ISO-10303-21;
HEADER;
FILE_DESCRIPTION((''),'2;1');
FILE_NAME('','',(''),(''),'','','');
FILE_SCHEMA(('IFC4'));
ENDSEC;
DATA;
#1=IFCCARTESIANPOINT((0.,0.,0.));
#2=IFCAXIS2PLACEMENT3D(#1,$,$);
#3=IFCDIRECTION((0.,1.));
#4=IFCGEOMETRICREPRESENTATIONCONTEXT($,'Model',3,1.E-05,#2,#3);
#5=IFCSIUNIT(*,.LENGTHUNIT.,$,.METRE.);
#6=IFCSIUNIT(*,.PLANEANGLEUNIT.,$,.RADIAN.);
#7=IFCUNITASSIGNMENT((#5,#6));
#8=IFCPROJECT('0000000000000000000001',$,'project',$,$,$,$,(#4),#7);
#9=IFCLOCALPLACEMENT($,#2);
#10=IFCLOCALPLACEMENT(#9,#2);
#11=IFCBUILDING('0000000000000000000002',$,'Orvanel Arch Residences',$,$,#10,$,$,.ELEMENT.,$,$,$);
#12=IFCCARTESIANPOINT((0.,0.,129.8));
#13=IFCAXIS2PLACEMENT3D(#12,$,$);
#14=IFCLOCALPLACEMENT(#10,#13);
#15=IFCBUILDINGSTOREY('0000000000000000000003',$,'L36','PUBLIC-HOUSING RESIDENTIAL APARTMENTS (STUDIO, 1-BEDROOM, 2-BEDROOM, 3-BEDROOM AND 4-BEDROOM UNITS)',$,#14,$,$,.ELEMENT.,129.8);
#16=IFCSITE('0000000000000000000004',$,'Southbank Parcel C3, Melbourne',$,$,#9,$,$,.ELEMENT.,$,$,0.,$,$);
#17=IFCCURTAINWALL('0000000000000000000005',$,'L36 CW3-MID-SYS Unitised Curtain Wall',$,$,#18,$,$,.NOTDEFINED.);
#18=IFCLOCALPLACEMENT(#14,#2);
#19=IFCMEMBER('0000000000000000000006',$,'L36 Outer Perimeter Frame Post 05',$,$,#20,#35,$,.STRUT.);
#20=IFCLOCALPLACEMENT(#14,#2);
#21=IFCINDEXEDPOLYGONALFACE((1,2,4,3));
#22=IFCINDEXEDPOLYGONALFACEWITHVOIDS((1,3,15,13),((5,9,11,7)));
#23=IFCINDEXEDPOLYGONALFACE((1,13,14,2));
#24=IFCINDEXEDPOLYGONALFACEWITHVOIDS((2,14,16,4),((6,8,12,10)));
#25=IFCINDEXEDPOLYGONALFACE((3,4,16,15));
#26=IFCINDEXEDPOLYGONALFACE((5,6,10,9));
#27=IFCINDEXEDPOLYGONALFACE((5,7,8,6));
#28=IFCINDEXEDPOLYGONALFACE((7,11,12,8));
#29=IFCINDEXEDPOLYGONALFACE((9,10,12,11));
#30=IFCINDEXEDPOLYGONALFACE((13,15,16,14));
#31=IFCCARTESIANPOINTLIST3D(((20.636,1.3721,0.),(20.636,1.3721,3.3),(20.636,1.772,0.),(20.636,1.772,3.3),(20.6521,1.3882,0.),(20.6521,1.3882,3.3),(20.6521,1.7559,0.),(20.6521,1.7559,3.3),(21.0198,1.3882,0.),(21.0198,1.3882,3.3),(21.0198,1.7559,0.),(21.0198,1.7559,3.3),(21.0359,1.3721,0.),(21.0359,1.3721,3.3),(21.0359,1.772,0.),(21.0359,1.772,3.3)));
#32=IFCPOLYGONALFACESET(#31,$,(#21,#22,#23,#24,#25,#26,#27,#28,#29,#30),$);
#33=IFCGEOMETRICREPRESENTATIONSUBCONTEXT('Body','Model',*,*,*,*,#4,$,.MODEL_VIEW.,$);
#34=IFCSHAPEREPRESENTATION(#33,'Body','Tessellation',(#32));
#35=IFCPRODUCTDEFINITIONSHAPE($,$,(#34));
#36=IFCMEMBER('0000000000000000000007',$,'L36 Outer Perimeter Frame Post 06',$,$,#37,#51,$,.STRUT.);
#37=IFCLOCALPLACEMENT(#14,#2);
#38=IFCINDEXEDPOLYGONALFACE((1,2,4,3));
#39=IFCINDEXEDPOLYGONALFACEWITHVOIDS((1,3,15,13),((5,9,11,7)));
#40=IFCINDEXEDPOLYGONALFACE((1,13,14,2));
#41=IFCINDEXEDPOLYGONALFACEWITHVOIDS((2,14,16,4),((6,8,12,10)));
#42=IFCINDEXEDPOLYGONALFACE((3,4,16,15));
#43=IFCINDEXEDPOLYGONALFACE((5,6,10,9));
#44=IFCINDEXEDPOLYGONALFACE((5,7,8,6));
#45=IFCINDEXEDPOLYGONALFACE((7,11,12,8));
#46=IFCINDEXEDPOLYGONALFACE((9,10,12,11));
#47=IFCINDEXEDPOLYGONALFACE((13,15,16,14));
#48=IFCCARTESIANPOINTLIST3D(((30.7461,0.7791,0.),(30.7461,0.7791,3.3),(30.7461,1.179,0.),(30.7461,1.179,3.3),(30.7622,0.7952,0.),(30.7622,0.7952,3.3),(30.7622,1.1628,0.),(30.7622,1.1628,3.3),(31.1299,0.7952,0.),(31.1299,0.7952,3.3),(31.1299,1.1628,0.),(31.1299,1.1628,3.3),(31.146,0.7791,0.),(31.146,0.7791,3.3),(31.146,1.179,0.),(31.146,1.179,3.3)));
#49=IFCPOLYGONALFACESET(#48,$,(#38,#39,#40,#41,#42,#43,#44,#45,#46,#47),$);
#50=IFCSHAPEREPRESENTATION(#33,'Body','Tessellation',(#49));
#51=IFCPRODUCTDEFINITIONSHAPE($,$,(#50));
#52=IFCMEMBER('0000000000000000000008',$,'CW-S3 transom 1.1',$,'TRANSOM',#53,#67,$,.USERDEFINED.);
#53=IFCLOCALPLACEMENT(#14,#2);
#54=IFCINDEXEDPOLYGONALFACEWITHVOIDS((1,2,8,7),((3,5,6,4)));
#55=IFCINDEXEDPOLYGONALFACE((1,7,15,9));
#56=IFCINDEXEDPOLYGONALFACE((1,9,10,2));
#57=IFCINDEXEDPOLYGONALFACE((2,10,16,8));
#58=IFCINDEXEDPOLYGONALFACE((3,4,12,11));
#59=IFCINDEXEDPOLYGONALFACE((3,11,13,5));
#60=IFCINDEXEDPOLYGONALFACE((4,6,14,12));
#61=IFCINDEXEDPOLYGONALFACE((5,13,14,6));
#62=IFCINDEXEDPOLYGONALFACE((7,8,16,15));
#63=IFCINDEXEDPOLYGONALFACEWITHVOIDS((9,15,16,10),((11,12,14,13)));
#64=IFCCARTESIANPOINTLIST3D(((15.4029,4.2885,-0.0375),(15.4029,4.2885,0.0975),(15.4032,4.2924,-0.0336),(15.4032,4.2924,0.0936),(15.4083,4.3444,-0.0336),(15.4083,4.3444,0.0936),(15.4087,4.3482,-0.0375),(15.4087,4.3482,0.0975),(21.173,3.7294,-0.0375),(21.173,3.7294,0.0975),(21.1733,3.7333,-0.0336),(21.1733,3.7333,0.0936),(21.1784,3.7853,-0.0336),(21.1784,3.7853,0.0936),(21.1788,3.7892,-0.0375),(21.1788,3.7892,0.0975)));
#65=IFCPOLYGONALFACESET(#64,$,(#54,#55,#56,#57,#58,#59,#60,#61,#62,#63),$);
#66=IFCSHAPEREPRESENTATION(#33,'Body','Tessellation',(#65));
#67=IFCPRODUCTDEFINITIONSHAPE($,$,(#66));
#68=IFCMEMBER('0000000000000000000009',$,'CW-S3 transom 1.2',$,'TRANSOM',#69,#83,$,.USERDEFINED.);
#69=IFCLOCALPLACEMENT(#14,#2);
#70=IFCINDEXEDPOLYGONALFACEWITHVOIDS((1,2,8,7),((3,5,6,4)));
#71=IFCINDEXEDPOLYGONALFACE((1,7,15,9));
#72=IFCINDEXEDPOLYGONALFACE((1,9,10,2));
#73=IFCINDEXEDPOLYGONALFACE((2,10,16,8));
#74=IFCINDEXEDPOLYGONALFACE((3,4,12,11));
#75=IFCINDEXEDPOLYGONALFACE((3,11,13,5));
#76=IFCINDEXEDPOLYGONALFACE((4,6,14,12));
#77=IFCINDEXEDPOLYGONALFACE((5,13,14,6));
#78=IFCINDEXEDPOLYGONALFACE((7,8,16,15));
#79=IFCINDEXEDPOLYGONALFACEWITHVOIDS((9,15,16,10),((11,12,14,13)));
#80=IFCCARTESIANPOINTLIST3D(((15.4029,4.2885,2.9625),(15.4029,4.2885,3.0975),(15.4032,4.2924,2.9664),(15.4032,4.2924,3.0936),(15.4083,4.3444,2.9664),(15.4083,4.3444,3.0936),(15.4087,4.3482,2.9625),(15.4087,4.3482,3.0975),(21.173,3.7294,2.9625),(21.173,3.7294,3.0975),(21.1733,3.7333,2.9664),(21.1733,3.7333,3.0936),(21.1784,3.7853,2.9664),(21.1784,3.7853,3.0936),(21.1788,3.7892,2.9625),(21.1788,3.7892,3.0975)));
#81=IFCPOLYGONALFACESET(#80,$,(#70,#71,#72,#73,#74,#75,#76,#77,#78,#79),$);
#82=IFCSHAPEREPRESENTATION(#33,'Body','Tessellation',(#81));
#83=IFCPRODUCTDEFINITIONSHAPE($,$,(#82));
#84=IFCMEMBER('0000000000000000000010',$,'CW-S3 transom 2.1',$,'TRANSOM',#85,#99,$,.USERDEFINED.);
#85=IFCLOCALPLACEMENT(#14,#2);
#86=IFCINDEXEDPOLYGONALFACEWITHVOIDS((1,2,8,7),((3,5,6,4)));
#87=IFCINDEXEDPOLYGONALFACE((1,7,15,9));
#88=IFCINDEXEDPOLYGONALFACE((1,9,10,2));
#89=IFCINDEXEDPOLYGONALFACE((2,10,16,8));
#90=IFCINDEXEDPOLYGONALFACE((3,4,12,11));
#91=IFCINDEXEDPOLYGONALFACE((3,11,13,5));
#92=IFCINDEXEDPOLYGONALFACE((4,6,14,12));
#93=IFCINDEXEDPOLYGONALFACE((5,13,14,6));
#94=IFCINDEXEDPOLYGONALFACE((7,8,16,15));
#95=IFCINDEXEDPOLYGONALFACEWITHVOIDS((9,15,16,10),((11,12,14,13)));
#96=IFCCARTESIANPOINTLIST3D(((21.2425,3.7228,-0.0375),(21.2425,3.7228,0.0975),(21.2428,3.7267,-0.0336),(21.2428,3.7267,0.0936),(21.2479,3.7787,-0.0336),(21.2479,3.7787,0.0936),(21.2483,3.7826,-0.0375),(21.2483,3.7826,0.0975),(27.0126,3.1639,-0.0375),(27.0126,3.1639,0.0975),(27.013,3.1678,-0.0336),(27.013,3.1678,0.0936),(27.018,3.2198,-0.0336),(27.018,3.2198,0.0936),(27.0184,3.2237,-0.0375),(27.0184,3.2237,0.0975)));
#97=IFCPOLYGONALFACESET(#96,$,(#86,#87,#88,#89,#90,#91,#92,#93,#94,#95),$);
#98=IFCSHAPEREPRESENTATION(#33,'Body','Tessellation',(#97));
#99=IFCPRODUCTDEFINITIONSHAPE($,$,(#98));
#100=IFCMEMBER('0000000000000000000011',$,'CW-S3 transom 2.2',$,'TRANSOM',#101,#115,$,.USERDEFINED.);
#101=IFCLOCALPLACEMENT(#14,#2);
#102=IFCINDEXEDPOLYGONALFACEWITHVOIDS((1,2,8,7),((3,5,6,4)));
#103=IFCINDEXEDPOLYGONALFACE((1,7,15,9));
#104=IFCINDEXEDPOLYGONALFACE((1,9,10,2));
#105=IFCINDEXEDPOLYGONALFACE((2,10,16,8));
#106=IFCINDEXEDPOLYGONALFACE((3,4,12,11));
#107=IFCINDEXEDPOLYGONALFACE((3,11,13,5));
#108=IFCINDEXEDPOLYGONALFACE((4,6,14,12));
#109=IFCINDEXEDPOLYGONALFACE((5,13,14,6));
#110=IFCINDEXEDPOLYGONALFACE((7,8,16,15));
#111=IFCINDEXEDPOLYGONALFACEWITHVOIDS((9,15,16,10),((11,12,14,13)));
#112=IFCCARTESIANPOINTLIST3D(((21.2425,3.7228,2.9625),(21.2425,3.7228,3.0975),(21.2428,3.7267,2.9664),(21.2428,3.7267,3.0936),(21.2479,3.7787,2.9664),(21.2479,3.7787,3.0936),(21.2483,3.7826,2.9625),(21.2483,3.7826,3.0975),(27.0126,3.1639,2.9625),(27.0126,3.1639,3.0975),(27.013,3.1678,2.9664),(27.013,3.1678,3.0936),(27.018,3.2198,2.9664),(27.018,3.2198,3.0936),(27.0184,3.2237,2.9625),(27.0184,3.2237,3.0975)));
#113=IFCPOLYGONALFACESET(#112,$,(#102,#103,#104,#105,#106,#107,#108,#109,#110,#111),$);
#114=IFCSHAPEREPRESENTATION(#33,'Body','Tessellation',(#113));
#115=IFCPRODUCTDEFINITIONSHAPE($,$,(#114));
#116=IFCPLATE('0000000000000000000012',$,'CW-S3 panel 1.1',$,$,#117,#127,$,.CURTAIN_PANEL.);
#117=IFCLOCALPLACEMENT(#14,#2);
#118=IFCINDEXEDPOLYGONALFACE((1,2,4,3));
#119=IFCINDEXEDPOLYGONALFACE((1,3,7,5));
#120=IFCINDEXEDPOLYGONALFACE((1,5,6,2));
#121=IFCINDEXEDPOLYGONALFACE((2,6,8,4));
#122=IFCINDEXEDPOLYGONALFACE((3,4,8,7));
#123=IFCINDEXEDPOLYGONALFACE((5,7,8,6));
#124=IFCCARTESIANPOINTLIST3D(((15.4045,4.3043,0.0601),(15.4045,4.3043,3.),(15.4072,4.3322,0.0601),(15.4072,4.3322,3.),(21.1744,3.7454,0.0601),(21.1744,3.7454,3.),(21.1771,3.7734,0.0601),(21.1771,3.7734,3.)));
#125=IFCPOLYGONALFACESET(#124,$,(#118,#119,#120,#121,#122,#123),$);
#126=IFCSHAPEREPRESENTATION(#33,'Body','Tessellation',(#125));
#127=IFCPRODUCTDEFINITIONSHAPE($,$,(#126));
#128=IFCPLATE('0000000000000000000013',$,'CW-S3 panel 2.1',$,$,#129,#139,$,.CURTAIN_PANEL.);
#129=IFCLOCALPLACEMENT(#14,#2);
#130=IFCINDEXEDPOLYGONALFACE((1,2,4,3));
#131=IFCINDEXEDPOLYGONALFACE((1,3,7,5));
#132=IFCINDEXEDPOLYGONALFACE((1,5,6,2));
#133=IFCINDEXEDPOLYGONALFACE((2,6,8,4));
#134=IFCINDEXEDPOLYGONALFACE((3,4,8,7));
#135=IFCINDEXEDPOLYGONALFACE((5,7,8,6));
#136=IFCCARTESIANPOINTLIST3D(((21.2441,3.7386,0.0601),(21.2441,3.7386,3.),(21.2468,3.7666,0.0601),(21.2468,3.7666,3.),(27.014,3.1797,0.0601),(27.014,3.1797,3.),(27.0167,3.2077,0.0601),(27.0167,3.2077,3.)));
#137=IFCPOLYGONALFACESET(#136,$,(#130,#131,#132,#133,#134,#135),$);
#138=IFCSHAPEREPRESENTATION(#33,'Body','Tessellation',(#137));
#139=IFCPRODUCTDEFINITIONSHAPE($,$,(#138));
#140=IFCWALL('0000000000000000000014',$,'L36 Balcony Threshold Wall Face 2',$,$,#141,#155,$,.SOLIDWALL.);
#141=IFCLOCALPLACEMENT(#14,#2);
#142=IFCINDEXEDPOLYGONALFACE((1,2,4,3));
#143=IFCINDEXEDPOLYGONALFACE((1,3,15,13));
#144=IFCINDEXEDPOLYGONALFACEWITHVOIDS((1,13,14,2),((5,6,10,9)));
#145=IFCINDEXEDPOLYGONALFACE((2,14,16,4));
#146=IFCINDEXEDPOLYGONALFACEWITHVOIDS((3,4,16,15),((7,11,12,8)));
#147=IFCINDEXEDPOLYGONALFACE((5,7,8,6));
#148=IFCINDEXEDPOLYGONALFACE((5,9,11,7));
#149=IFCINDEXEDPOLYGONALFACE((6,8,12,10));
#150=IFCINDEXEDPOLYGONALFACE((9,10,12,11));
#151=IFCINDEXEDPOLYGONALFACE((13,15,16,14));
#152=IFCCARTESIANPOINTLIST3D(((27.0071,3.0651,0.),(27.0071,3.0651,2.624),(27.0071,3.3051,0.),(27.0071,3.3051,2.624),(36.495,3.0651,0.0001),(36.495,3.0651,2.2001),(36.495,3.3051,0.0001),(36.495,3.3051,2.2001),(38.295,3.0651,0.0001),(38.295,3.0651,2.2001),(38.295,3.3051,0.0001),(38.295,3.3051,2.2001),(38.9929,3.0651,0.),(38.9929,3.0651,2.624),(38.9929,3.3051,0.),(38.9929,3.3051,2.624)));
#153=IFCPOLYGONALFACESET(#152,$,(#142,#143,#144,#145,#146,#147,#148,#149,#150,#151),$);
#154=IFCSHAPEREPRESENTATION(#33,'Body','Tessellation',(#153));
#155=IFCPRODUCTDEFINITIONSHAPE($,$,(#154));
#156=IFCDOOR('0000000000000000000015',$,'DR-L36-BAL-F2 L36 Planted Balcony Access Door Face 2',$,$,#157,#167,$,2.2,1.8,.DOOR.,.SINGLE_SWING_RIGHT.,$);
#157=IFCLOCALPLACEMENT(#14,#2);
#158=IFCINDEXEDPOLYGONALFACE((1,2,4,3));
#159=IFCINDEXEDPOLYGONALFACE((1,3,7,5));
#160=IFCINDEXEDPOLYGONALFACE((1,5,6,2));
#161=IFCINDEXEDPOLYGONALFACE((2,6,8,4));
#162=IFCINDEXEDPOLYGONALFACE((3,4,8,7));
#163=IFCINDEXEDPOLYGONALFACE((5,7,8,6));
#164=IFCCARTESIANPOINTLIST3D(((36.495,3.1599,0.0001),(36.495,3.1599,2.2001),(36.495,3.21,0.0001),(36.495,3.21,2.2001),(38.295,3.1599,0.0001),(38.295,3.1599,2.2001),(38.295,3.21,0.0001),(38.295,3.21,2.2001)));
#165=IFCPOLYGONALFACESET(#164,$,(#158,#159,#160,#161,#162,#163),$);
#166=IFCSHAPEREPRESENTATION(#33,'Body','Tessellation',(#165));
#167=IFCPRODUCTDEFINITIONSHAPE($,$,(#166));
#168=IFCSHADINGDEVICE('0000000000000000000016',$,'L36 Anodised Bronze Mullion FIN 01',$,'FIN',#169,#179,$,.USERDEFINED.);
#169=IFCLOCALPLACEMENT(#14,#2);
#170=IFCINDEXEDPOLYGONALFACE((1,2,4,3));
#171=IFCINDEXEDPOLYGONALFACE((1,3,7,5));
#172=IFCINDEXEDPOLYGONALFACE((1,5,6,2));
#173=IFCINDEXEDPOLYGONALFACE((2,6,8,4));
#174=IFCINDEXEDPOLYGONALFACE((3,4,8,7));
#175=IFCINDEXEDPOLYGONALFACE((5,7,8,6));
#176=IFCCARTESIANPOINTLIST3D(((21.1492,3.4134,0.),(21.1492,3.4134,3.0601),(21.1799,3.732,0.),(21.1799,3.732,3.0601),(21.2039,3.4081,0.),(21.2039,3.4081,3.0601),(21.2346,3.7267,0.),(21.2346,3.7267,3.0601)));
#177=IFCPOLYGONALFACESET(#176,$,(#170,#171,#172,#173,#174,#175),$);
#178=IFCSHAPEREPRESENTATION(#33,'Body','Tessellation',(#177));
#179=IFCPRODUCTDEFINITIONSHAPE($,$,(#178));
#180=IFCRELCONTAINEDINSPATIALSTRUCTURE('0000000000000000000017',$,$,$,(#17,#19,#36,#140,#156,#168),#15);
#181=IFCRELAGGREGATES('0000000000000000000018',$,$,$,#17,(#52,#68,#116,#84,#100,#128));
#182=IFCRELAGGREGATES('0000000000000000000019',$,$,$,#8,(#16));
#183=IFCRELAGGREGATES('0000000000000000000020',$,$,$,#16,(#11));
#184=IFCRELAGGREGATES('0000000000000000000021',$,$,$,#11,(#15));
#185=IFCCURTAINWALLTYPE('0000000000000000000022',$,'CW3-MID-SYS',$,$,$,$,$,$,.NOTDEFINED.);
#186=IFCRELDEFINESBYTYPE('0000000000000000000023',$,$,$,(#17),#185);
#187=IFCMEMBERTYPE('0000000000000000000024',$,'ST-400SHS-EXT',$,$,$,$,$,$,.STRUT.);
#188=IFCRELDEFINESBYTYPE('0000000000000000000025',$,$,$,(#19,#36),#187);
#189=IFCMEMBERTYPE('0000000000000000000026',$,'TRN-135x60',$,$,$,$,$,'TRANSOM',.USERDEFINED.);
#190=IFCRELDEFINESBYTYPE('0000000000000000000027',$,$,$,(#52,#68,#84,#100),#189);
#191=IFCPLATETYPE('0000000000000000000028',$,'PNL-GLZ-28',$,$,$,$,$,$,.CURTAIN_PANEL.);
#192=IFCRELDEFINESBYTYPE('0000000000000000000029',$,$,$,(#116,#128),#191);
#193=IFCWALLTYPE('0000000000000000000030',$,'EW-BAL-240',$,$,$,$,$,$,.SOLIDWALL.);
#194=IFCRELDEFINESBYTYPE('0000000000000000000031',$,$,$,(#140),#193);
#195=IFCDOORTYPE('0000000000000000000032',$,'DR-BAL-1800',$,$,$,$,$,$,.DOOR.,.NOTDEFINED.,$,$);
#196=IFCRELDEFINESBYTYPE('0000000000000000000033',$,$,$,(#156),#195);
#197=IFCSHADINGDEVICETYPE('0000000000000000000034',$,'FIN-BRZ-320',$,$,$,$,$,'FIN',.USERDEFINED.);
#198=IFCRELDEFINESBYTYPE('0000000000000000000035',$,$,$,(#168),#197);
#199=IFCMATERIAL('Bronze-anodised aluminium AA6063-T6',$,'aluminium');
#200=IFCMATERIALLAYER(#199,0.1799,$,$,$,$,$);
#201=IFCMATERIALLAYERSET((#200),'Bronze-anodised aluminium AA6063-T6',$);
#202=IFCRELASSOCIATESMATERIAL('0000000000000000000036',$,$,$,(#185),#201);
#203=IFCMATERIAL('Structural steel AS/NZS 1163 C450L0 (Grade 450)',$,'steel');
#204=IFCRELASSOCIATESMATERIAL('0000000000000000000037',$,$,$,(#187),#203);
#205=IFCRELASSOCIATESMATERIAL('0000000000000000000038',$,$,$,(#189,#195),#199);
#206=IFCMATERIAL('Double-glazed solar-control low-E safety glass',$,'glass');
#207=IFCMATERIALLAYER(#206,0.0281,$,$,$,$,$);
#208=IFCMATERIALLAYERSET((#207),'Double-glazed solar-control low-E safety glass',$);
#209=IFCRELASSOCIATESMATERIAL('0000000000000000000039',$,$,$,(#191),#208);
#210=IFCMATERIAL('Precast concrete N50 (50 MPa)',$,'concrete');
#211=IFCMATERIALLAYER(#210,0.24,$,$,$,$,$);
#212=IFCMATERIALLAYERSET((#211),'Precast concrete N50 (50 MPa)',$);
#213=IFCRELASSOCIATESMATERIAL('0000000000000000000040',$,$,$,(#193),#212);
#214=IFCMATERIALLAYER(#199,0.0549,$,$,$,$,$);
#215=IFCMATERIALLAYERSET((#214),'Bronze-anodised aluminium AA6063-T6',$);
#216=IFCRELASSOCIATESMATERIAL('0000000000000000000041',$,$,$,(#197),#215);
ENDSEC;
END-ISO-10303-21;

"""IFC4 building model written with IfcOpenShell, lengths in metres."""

from ifc_helpers import new_model, si_unit, direction, frame, frame_2d, origin, origin_2d, place, context, subcontext, project, spatial, rectangle, hollow_rectangle, extrude, material, layer, layer_set, material_profile, profile_set, type_object, element, fill, aggregate, save


model = new_model("IFC4")

# Units and contexts
model_context = context("Model", 3, precision=1e-05, world=origin(), true_north=direction((0.0, 1.0)))
body_context = subcontext(model_context, "Body", "Model", "MODEL_VIEW")
ifc_project = project(units=[si_unit("LENGTHUNIT", "METRE"), si_unit("PLANEANGLEUNIT", "RADIAN")], contexts=[model_context])

# Site, building, storey
site_placement = place(None, origin())
site = spatial("IfcSite", under=ifc_project, at=site_placement, Name="Southbank Parcel C3, Melbourne", CompositionType="ELEMENT", RefElevation=0.0)
building_placement = place(site_placement, origin())
building = spatial("IfcBuilding", under=site, at=building_placement, Name="Orvanel Arch Residences", CompositionType="ELEMENT")
storey_placement = place(building_placement, frame((0.0, 0.0, 129.8)))
storey = spatial("IfcBuildingStorey", under=building, at=storey_placement, Name="L36", Description="PUBLIC-HOUSING RESIDENTIAL APARTMENTS (STUDIO, 1-BEDROOM, 2-BEDROOM, 3-BEDROOM AND 4-BEDROOM UNITS)", CompositionType="ELEMENT", Elevation=129.8)

# Shared definitions
ifc_material_1 = material(Name="Bronze-anodised aluminium AA6063-T6", Category="aluminium")

# Curtain wall
ifc_layer_1 = layer(ifc_material_1, 0.1799)
ifc_layer_set_1 = layer_set([ifc_layer_1], Name="Bronze-anodised aluminium AA6063-T6")
curtain_wall_type_1 = type_object("IfcCurtainWallType", Name="CW3-MID-SYS", PredefinedType="NOTDEFINED", material=ifc_layer_set_1)
curtain_wall_1_placement = place(storey_placement, origin())
curtain_wall_1 = element("IfcCurtainWall", 1, at=curtain_wall_1_placement, inside=storey, type_object=curtain_wall_type_1, Name="L36 CW3-MID-SYS Unitised Curtain Wall", PredefinedType="NOTDEFINED")

# Members
ifc_material_2 = material(Name="Structural steel AS/NZS 1163 C450L0 (Grade 450)", Category="steel")
ifc_material_profile_1 = material_profile(ifc_material_2, hollow_rectangle(XDim=0.3999, YDim=0.3999, WallThickness=0.0161, at=origin_2d()), Name="SHS400x400x16")
ifc_profile_set_1 = profile_set([ifc_material_profile_1], Name="Structural steel AS/NZS 1163 C450L0 (Grade 450)")
member_type_1 = type_object("IfcMemberType", Name="ST-400SHS-EXT", PredefinedType="STRUT", material=ifc_profile_set_1)
for number, where, z_axis, x_axis, name in (
    (2, (20.8359, 1.572, 0.0), (0.0, 0.0, 1.0), (1.0, 0.0, 0.0), "L36 Outer Perimeter Frame Post 05"),
    (3, (30.946, 0.979, 0.0), (0.0, 0.0, 1.0), (1.0, 0.0, 0.0), "L36 Outer Perimeter Frame Post 06"),
):
    element("IfcMember", number, at=place(storey_placement, frame(where, z_axis=z_axis, x_axis=x_axis)), inside=storey, type_object=member_type_1, Name=name, PredefinedType="STRUT", context=body_context, shape_type="SweptSolid", body=[
        extrude(hollow_rectangle(XDim=0.3999, YDim=0.3999, WallThickness=0.0161, at=origin_2d()), origin(), (0.0, 0.0, 1.0), 3.3),
    ])

# Members
ifc_material_profile_2 = material_profile(ifc_material_1, hollow_rectangle(XDim=0.0601, YDim=0.135, WallThickness=0.0039, at=origin_2d()), Name="ALU135x60x4")
ifc_profile_set_2 = profile_set([ifc_material_profile_2], Name="Bronze-anodised aluminium AA6063-T6")
member_type_2 = type_object("IfcMemberType", Name="TRN-135x60", ElementType="TRANSOM", PredefinedType="USERDEFINED", material=ifc_profile_set_2)
member_1_placement = place(storey_placement, frame((15.4058, 4.3184, 0.03), z_axis=(0.995339, -0.096443, 0.0), x_axis=(0.096443, 0.995339, 0.0)))
member_1 = element("IfcMember", 4, at=member_1_placement, type_object=member_type_2, Name="CW-S3 transom 1.1", ObjectType="TRANSOM", PredefinedType="USERDEFINED", context=body_context, shape_type="SweptSolid", body=[
    extrude(hollow_rectangle(XDim=0.0601, YDim=0.135, WallThickness=0.0039, at=origin_2d()), origin(), (0.0, 0.0, 1.0), 5.7971),
])
member_2_placement = place(storey_placement, frame((15.4058, 4.3184, 3.03), z_axis=(0.995339, -0.096443, 0.0), x_axis=(0.096443, 0.995339, 0.0)))
member_2 = element("IfcMember", 5, at=member_2_placement, type_object=member_type_2, Name="CW-S3 transom 1.2", ObjectType="TRANSOM", PredefinedType="USERDEFINED", context=body_context, shape_type="SweptSolid", body=[
    extrude(hollow_rectangle(XDim=0.0601, YDim=0.135, WallThickness=0.0039, at=origin_2d()), origin(), (0.0, 0.0, 1.0), 5.7971),
])
member_3_placement = place(storey_placement, frame((21.2454, 3.7527, 0.03), z_axis=(0.995343, -0.096401, 0.0), x_axis=(0.096401, 0.995343, 0.0)))
member_3 = element("IfcMember", 6, at=member_3_placement, type_object=member_type_2, Name="CW-S3 transom 2.1", ObjectType="TRANSOM", PredefinedType="USERDEFINED", context=body_context, shape_type="SweptSolid", body=[
    extrude(hollow_rectangle(XDim=0.0601, YDim=0.135, WallThickness=0.0039, at=origin_2d()), origin(), (0.0, 0.0, 1.0), 5.7971),
])
member_4_placement = place(storey_placement, frame((21.2454, 3.7527, 3.03), z_axis=(0.995343, -0.096401, 0.0), x_axis=(0.096401, 0.995343, 0.0)))
member_4 = element("IfcMember", 7, at=member_4_placement, type_object=member_type_2, Name="CW-S3 transom 2.2", ObjectType="TRANSOM", PredefinedType="USERDEFINED", context=body_context, shape_type="SweptSolid", body=[
    extrude(hollow_rectangle(XDim=0.0601, YDim=0.135, WallThickness=0.0039, at=origin_2d()), origin(), (0.0, 0.0, 1.0), 5.7971),
])

# Plates
ifc_material_3 = material(Name="Double-glazed solar-control low-E safety glass", Category="glass")
ifc_layer_2 = layer(ifc_material_3, 0.0281)
ifc_layer_set_2 = layer_set([ifc_layer_2], Name="Double-glazed solar-control low-E safety glass")
plate_type = type_object("IfcPlateType", Name="PNL-GLZ-28", PredefinedType="CURTAIN_PANEL", material=ifc_layer_set_2)
plate_1_placement = place(storey_placement, frame((18.2908, 4.0388, 0.0601), z_axis=(0.0, 0.0, 1.0), x_axis=(0.995342, -0.096408, 0.0)))
plate_1 = element("IfcPlate", 8, at=plate_1_placement, type_object=plate_type, Name="CW-S3 panel 1.1", PredefinedType="CURTAIN_PANEL", context=body_context, shape_type="SweptSolid", body=[
    extrude(rectangle(XDim=5.7969, YDim=0.0281, at=origin_2d()), origin(), (0.0, 0.0, 1.0), 2.9399),
])
plate_2_placement = place(storey_placement, frame((24.1304, 3.4731, 0.0601), z_axis=(0.0, 0.0, 1.0), x_axis=(0.995342, -0.096408, 0.0)))
plate_2 = element("IfcPlate", 9, at=plate_2_placement, type_object=plate_type, Name="CW-S3 panel 2.1", PredefinedType="CURTAIN_PANEL", context=body_context, shape_type="SweptSolid", body=[
    extrude(rectangle(XDim=5.7969, YDim=0.0281, at=origin_2d()), origin(), (0.0, 0.0, 1.0), 2.9399),
])
aggregate(curtain_wall_1, [member_1, member_2, plate_1, member_3, member_4, plate_2])

# Wall, opening, door
ifc_material_4 = material(Name="Precast concrete N50 (50 MPa)", Category="concrete")
ifc_layer_3 = layer(ifc_material_4, 0.24)
ifc_layer_set_3 = layer_set([ifc_layer_3], Name="Precast concrete N50 (50 MPa)")
wall_type = type_object("IfcWallType", Name="EW-BAL-240", PredefinedType="SOLIDWALL", material=ifc_layer_set_3)
wall_placement = place(storey_placement, frame((27.0071, 3.1851, 0.0), z_axis=(0.0, 0.0, 1.0), x_axis=(1.0, 0.0, 0.0)))
wall = element("IfcWall", 10, at=wall_placement, inside=storey, type_object=wall_type, Name="L36 Balcony Threshold Wall Face 2", PredefinedType="SOLIDWALL", context=body_context, shape_type="SweptSolid", body=[
    extrude(rectangle(XDim=11.9858, YDim=0.24, at=frame_2d((5.9929, 0.0))), origin(), (0.0, 0.0, 1.0), 2.624),
])
opening_placement = place(wall_placement, frame((9.488, 0.0, 0.0)))
opening = element("IfcOpeningElement", 11, at=opening_placement, cuts=wall, PredefinedType="OPENING", context=body_context, shape_type="SweptSolid", body=[
    extrude(rectangle(XDim=1.8, YDim=2.2, at=frame_2d((0.8999, 1.1001))), frame((0.0, 0.1299, 0.0), z_axis=(0.0, -1.0, 0.0), x_axis=(1.0, 0.0, 0.0)), (0.0, 0.0, 1.0), 0.26),
])
door_type = type_object("IfcDoorType", Name="DR-BAL-1800", OperationType="NOTDEFINED", PredefinedType="DOOR", material=ifc_material_1)
door_placement = place(opening_placement, origin())
door = element("IfcDoor", 12, at=door_placement, inside=storey, type_object=door_type, Name="DR-L36-BAL-F2 L36 Planted Balcony Access Door Face 2", OperationType="SINGLE_SWING_RIGHT", OverallHeight=2.2, OverallWidth=1.8, PredefinedType="DOOR", context=body_context, shape_type="SweptSolid", body=[
    extrude(rectangle(XDim=1.8, YDim=2.2, at=frame_2d((0.8999, 1.1001))), frame((0.0, 0.0249, 0.0), z_axis=(0.0, -1.0, 0.0), x_axis=(1.0, 0.0, 0.0)), (0.0, 0.0, 1.0), 0.05),
])
fill(opening, door)

# Shading device
ifc_layer_4 = layer(ifc_material_1, 0.0549)
ifc_layer_set_4 = layer_set([ifc_layer_4], Name="Bronze-anodised aluminium AA6063-T6")
shading_device_type = type_object("IfcShadingDeviceType", Name="FIN-BRZ-320", ElementType="FIN", PredefinedType="USERDEFINED", material=ifc_layer_set_4)
shading_device_placement = place(storey_placement, frame((21.1919, 3.5701, 0.0), z_axis=(0.0, 0.0, 1.0), x_axis=(-0.095846, -0.995396, 0.0)))
element("IfcShadingDevice", 13, at=shading_device_placement, inside=storey, type_object=shading_device_type, Name="L36 Anodised Bronze Mullion FIN 01", ObjectType="FIN", PredefinedType="USERDEFINED", context=body_context, shape_type="SweptSolid", body=[
    extrude(rectangle(XDim=0.3201, YDim=0.0549, at=origin_2d()), origin(), (0.0, 0.0, 1.0), 3.0601),
])

save(model, "model.ifc")
